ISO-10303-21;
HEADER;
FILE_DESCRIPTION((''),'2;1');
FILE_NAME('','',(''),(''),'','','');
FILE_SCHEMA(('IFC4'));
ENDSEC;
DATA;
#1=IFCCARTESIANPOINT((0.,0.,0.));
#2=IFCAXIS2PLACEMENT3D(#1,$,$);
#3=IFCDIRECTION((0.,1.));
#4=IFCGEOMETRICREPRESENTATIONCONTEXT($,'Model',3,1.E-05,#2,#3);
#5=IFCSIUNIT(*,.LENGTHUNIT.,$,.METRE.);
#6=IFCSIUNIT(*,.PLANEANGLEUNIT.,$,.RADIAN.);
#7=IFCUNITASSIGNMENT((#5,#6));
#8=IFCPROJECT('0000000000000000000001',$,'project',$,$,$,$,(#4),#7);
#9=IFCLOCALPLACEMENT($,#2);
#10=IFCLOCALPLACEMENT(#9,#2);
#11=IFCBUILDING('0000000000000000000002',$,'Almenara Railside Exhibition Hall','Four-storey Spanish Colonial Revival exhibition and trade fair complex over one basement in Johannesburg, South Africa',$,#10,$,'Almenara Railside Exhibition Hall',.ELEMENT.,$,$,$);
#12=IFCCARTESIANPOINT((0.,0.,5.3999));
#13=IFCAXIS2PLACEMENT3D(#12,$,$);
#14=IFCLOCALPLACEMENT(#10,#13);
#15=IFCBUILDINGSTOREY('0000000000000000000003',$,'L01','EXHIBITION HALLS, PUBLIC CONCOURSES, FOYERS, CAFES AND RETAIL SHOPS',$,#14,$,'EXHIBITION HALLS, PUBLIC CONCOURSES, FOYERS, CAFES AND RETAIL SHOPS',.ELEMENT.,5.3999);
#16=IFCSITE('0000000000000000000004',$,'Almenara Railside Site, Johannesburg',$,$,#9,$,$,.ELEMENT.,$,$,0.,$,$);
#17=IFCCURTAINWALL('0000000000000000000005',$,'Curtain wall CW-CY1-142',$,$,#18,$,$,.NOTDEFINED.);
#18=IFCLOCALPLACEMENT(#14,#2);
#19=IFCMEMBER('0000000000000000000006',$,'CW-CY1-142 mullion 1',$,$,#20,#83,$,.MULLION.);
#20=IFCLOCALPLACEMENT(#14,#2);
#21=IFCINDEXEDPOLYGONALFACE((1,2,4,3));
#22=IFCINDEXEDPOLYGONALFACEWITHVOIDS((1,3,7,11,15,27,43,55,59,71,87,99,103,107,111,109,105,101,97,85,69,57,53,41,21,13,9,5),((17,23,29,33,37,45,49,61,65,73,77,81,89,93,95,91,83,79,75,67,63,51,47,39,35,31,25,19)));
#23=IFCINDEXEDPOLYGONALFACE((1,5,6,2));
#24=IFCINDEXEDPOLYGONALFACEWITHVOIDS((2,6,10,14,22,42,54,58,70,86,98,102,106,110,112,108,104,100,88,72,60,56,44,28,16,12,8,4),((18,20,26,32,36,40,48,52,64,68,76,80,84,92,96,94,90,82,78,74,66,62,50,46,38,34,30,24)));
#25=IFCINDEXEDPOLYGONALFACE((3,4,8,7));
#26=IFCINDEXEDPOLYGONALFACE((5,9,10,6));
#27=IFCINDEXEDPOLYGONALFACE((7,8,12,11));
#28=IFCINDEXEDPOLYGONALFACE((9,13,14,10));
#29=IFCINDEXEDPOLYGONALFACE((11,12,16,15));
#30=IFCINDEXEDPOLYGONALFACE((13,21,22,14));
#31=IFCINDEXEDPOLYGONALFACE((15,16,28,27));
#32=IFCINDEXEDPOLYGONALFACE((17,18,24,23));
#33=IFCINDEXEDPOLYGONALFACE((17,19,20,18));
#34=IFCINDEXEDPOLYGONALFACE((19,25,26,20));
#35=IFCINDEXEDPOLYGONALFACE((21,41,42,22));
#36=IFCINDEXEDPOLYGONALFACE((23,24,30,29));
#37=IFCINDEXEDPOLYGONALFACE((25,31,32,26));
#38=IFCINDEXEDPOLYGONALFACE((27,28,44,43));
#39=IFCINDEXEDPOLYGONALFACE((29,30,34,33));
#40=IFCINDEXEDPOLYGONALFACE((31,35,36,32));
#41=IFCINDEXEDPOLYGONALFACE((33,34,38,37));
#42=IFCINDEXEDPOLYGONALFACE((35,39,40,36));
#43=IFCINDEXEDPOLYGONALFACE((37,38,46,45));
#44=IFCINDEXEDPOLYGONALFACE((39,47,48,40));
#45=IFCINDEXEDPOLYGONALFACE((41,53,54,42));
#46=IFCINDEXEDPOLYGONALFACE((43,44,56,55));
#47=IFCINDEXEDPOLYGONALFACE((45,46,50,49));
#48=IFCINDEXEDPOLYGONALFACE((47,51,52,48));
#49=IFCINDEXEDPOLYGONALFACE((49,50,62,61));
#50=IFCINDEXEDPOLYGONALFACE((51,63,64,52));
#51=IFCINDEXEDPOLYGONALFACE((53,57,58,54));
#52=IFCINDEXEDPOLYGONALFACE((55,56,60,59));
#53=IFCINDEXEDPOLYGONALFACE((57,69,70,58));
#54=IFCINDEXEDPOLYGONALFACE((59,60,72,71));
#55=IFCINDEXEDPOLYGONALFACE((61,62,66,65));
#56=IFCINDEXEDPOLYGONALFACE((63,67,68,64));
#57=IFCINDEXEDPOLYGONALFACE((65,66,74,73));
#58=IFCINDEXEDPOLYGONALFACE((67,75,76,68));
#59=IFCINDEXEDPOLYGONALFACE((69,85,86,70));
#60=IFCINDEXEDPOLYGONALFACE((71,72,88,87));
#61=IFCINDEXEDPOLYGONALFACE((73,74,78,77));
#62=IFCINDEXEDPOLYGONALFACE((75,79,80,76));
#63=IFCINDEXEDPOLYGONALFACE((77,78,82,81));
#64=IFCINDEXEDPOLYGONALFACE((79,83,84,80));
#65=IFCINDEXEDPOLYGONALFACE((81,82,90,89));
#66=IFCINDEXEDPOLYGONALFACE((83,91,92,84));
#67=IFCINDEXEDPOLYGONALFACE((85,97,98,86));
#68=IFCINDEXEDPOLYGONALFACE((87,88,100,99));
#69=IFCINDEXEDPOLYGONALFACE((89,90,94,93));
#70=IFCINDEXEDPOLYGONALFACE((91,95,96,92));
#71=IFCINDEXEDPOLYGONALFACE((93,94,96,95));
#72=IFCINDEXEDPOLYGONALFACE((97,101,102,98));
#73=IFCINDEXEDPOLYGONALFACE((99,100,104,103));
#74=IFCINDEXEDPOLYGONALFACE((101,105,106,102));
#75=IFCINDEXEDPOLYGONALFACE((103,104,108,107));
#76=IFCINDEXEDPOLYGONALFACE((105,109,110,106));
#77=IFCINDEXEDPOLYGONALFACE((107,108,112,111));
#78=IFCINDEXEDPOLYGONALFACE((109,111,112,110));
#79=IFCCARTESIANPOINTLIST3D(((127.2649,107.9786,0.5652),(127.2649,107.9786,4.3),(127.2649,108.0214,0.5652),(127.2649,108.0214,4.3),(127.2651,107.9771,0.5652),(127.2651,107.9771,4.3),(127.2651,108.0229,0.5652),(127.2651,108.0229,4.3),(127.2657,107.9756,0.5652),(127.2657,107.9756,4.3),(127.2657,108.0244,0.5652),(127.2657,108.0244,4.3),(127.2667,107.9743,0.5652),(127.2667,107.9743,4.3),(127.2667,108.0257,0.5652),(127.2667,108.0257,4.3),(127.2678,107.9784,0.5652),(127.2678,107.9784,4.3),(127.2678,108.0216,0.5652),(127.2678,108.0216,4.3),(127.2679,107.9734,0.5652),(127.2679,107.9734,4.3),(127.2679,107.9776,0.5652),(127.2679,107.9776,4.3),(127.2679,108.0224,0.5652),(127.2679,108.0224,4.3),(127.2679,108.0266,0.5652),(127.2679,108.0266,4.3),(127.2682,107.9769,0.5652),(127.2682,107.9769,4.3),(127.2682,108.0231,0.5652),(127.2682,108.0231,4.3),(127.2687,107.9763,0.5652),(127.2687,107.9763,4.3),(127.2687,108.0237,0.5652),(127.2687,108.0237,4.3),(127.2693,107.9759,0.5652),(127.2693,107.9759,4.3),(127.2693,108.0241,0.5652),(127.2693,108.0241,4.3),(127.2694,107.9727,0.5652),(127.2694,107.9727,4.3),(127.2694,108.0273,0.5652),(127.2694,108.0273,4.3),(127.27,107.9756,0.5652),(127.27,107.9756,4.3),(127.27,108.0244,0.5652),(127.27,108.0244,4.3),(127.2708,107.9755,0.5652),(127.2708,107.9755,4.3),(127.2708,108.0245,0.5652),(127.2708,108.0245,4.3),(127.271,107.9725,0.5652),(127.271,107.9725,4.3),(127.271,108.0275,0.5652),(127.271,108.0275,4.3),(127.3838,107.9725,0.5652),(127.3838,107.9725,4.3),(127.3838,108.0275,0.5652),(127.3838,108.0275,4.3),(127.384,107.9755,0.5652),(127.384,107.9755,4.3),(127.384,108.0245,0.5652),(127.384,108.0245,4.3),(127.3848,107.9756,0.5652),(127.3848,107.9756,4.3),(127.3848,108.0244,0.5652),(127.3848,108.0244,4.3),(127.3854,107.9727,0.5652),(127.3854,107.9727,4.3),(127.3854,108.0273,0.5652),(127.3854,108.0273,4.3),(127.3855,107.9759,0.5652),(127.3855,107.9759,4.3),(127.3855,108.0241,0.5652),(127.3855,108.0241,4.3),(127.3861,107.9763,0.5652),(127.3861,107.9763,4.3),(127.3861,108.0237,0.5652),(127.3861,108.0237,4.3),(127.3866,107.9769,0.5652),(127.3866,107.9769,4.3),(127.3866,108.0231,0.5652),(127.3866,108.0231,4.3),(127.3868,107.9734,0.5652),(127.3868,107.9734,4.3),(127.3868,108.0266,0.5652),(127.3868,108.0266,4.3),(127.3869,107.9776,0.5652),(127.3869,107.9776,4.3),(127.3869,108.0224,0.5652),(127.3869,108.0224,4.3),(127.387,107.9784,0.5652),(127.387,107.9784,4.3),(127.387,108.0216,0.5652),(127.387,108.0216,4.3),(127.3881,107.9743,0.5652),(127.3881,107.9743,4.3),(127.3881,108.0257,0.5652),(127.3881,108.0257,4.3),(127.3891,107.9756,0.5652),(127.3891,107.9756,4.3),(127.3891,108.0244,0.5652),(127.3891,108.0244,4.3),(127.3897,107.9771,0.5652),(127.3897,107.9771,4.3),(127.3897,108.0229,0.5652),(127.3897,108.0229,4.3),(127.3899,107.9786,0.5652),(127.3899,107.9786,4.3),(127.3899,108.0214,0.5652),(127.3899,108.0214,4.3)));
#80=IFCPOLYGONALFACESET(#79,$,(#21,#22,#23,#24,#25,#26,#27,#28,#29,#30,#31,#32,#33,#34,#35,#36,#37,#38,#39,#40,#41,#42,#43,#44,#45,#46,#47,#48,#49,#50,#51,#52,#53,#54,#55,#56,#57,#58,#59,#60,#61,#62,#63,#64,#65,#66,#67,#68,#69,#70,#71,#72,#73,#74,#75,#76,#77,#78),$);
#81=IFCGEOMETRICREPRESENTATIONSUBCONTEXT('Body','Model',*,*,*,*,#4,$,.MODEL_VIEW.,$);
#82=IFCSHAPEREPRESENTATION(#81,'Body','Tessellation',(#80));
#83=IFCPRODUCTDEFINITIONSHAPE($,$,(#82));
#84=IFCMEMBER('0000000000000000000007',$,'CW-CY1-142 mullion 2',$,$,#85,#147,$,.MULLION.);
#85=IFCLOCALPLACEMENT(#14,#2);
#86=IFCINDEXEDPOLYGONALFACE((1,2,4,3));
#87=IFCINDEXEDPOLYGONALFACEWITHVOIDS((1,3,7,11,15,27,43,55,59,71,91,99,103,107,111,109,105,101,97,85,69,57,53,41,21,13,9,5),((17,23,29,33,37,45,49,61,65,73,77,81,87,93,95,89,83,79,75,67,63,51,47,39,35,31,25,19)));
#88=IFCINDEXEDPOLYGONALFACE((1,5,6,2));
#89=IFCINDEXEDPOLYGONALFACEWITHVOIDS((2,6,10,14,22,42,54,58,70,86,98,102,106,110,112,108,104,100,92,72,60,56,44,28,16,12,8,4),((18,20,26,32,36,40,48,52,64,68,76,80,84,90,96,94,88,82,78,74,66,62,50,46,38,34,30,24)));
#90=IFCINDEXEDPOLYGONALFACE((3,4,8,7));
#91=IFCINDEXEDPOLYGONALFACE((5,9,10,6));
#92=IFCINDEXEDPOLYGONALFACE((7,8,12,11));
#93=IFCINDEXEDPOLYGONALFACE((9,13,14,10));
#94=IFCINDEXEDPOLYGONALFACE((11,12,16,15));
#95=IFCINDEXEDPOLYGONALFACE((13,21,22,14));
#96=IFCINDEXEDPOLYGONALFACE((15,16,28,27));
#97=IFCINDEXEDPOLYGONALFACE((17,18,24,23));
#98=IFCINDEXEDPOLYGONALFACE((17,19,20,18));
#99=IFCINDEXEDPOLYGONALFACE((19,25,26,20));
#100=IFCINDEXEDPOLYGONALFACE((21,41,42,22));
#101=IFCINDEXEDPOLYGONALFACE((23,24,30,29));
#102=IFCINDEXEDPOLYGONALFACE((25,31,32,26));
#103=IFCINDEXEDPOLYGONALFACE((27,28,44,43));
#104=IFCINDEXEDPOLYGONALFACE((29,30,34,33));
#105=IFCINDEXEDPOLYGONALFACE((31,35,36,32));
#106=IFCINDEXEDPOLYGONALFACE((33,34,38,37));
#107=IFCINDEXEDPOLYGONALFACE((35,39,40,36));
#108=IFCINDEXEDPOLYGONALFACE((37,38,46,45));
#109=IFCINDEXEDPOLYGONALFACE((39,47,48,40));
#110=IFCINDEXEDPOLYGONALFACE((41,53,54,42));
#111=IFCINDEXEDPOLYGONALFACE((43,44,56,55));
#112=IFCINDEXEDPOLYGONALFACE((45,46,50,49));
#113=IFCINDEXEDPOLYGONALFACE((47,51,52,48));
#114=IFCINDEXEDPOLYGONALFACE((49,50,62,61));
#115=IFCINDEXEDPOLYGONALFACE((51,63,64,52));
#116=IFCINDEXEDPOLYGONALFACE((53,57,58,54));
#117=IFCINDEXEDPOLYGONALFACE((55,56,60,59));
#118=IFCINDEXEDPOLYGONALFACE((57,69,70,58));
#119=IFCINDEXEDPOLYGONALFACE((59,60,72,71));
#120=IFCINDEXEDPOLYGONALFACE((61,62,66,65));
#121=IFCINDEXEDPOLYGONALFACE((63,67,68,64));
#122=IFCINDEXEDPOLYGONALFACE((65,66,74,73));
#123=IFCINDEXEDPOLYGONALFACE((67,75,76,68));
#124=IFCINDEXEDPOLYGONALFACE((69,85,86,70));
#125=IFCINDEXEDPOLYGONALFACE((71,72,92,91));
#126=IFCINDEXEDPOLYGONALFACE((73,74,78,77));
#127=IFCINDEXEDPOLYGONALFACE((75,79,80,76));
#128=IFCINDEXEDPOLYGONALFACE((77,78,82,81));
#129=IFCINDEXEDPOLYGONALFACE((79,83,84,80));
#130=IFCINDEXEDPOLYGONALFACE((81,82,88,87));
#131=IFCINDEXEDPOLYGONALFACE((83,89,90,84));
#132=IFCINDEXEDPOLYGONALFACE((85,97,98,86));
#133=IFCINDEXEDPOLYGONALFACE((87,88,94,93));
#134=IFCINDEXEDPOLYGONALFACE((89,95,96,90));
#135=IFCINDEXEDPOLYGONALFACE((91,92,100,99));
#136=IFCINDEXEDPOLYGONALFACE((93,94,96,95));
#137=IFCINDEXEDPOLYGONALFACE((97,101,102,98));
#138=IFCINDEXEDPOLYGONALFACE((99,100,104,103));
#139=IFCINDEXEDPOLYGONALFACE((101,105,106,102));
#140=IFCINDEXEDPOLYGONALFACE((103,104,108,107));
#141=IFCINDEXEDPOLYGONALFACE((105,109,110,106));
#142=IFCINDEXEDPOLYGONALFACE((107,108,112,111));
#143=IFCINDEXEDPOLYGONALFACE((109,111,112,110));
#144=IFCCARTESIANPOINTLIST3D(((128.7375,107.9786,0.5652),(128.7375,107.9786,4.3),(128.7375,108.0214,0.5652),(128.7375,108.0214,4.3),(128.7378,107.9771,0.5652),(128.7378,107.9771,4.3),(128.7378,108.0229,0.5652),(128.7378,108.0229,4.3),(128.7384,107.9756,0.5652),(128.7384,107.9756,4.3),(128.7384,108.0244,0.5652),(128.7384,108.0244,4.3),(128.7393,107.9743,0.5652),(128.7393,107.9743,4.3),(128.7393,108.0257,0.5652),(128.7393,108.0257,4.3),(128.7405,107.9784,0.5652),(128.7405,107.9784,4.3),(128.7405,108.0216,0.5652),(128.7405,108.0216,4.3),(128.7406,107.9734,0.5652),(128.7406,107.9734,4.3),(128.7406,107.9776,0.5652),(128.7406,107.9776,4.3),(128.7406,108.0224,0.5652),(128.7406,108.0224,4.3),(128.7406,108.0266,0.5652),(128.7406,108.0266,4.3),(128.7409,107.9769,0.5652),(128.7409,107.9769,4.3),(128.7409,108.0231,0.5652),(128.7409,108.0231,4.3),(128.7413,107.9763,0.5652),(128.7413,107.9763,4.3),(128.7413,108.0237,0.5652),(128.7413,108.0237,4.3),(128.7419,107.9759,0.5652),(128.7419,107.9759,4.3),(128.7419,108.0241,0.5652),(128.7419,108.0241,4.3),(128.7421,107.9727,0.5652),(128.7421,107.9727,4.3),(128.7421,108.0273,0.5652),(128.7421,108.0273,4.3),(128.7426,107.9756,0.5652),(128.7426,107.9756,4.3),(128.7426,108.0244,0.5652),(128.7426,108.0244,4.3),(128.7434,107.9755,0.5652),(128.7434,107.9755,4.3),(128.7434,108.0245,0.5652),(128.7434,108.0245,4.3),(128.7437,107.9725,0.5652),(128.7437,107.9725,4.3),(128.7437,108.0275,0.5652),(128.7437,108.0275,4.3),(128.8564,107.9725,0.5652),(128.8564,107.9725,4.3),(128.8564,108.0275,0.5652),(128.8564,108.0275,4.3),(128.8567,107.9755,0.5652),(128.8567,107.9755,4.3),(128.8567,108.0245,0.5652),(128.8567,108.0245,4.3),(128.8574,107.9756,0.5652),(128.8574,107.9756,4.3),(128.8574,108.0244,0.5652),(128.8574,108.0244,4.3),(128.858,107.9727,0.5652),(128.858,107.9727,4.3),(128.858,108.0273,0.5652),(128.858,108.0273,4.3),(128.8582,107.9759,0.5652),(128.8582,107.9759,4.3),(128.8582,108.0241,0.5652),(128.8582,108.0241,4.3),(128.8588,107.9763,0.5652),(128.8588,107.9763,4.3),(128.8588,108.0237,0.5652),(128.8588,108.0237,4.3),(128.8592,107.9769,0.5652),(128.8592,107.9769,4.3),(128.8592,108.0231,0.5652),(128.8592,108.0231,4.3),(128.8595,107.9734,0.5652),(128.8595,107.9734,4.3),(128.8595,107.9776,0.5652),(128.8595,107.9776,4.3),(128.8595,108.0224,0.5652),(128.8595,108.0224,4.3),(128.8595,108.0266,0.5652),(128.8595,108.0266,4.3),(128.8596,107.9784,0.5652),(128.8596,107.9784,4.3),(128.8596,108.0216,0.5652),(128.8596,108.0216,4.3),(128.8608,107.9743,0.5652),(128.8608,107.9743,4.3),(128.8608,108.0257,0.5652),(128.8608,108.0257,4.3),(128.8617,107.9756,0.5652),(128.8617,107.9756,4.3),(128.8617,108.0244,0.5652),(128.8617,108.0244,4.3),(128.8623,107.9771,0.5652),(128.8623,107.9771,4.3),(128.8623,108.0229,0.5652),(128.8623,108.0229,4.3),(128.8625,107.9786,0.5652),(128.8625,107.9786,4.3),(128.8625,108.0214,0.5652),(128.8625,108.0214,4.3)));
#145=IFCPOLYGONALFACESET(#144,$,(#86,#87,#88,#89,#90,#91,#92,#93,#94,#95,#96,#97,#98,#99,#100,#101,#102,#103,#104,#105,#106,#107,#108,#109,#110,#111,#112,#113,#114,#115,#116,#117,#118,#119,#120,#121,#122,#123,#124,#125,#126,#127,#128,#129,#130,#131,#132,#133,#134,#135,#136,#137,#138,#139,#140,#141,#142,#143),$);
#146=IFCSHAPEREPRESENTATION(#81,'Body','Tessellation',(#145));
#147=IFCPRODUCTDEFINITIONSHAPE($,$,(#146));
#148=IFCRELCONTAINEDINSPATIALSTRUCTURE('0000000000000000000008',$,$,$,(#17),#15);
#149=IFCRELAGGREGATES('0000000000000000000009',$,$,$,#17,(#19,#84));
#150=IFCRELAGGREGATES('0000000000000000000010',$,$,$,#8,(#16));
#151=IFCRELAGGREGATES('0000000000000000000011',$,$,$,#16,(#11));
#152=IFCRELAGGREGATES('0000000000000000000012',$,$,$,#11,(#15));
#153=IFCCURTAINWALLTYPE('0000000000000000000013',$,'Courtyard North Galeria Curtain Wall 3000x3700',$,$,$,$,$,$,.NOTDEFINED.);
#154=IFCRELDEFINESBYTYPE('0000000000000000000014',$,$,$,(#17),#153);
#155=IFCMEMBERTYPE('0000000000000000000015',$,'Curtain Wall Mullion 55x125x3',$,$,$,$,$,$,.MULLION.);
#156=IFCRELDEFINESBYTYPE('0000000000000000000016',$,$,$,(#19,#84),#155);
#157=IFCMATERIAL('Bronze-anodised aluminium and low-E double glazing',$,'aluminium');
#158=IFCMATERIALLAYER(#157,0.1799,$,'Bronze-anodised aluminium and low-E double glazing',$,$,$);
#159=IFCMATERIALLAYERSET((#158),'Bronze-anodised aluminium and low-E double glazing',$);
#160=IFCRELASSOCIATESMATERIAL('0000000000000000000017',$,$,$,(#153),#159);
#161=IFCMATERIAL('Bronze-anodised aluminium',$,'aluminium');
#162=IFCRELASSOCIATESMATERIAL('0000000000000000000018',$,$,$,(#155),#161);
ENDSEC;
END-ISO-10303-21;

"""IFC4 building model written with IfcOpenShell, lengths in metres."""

from ifc_helpers import new_model, si_unit, direction, frame, origin, origin_2d, place, context, subcontext, project, spatial, hollow_rectangle, extrude, material, layer, layer_set, material_profile, profile_set, type_object, element, aggregate, save


model = new_model("IFC4")

# Units and contexts
model_context = context("Model", 3, precision=1e-05, world=origin(), true_north=direction((0.0, 1.0)))
body_context = subcontext(model_context, "Body", "Model", "MODEL_VIEW")
ifc_project = project(units=[si_unit("LENGTHUNIT", "METRE"), si_unit("PLANEANGLEUNIT", "RADIAN")], contexts=[model_context])

# Site, building, storey
site_placement = place(None, origin())
site = spatial("IfcSite", under=ifc_project, at=site_placement, Name="Almenara Railside Site, Johannesburg", CompositionType="ELEMENT", RefElevation=0.0)
building_placement = place(site_placement, origin())
building = spatial("IfcBuilding", under=site, at=building_placement, Name="Almenara Railside Exhibition Hall", Description="Four-storey Spanish Colonial Revival exhibition and trade fair complex over one basement in Johannesburg, South Africa", LongName="Almenara Railside Exhibition Hall", CompositionType="ELEMENT")
storey_placement = place(building_placement, frame((0.0, 0.0, 5.3999)))
storey = spatial("IfcBuildingStorey", under=building, at=storey_placement, Name="L01", Description="EXHIBITION HALLS, PUBLIC CONCOURSES, FOYERS, CAFES AND RETAIL SHOPS", LongName="EXHIBITION HALLS, PUBLIC CONCOURSES, FOYERS, CAFES AND RETAIL SHOPS", CompositionType="ELEMENT", Elevation=5.3999)

# Curtain wall, members
ifc_material_1 = material(Name="Bronze-anodised aluminium and low-E double glazing", Category="aluminium")
ifc_layer_1 = layer(ifc_material_1, 0.1799, Name="Bronze-anodised aluminium and low-E double glazing")
ifc_layer_set_1 = layer_set([ifc_layer_1], Name="Bronze-anodised aluminium and low-E double glazing")
curtain_wall_type = type_object("IfcCurtainWallType", Name="Courtyard North Galeria Curtain Wall 3000x3700", PredefinedType="NOTDEFINED", material=ifc_layer_set_1)
curtain_wall_1_placement = place(storey_placement, origin())
curtain_wall_1 = element("IfcCurtainWall", 1, at=curtain_wall_1_placement, inside=storey, type_object=curtain_wall_type, Name="Curtain wall CW-CY1-142", PredefinedType="NOTDEFINED")
ifc_material_2 = material(Name="Bronze-anodised aluminium", Category="aluminium")
ifc_material_profile_1 = material_profile(ifc_material_2, hollow_rectangle(XDim=0.0549, YDim=0.125, WallThickness=0.0029, InnerFilletRadius=0.0029, OuterFilletRadius=0.0061, at=origin_2d()), Name="ALU-MUL 55x125x3")
ifc_profile_set_1 = profile_set([ifc_material_profile_1], Name="Bronze-anodised aluminium")
member_type_1 = type_object("IfcMemberType", Name="Curtain Wall Mullion 55x125x3", PredefinedType="MULLION", material=ifc_profile_set_1)
member_1_placement = place(storey_placement, frame((127.3274, 108.0, 0.5652), z_axis=(0.0, 0.0, 1.0), x_axis=(0.0, 1.0, 0.0)))
member_1 = element("IfcMember", 2, at=member_1_placement, type_object=member_type_1, Name="CW-CY1-142 mullion 1", PredefinedType="MULLION", context=body_context, shape_type="SweptSolid", body=[
    extrude(hollow_rectangle(XDim=0.0549, YDim=0.125, WallThickness=0.0029, InnerFilletRadius=0.0029, OuterFilletRadius=0.0061, at=origin_2d()), origin(), (0.0, 0.0, 1.0), 3.7349),
])
member_2_placement = place(storey_placement, frame((128.8, 108.0, 0.5652), z_axis=(0.0, 0.0, 1.0), x_axis=(0.0, 1.0, 0.0)))
member_2 = element("IfcMember", 3, at=member_2_placement, type_object=member_type_1, Name="CW-CY1-142 mullion 2", PredefinedType="MULLION", context=body_context, shape_type="SweptSolid", body=[
    extrude(hollow_rectangle(XDim=0.0549, YDim=0.125, WallThickness=0.0029, InnerFilletRadius=0.0029, OuterFilletRadius=0.0061, at=origin_2d()), origin(), (0.0, 0.0, 1.0), 3.7349),
])

aggregate(curtain_wall_1, [member_1, member_2])

save(model, "model.ifc")
